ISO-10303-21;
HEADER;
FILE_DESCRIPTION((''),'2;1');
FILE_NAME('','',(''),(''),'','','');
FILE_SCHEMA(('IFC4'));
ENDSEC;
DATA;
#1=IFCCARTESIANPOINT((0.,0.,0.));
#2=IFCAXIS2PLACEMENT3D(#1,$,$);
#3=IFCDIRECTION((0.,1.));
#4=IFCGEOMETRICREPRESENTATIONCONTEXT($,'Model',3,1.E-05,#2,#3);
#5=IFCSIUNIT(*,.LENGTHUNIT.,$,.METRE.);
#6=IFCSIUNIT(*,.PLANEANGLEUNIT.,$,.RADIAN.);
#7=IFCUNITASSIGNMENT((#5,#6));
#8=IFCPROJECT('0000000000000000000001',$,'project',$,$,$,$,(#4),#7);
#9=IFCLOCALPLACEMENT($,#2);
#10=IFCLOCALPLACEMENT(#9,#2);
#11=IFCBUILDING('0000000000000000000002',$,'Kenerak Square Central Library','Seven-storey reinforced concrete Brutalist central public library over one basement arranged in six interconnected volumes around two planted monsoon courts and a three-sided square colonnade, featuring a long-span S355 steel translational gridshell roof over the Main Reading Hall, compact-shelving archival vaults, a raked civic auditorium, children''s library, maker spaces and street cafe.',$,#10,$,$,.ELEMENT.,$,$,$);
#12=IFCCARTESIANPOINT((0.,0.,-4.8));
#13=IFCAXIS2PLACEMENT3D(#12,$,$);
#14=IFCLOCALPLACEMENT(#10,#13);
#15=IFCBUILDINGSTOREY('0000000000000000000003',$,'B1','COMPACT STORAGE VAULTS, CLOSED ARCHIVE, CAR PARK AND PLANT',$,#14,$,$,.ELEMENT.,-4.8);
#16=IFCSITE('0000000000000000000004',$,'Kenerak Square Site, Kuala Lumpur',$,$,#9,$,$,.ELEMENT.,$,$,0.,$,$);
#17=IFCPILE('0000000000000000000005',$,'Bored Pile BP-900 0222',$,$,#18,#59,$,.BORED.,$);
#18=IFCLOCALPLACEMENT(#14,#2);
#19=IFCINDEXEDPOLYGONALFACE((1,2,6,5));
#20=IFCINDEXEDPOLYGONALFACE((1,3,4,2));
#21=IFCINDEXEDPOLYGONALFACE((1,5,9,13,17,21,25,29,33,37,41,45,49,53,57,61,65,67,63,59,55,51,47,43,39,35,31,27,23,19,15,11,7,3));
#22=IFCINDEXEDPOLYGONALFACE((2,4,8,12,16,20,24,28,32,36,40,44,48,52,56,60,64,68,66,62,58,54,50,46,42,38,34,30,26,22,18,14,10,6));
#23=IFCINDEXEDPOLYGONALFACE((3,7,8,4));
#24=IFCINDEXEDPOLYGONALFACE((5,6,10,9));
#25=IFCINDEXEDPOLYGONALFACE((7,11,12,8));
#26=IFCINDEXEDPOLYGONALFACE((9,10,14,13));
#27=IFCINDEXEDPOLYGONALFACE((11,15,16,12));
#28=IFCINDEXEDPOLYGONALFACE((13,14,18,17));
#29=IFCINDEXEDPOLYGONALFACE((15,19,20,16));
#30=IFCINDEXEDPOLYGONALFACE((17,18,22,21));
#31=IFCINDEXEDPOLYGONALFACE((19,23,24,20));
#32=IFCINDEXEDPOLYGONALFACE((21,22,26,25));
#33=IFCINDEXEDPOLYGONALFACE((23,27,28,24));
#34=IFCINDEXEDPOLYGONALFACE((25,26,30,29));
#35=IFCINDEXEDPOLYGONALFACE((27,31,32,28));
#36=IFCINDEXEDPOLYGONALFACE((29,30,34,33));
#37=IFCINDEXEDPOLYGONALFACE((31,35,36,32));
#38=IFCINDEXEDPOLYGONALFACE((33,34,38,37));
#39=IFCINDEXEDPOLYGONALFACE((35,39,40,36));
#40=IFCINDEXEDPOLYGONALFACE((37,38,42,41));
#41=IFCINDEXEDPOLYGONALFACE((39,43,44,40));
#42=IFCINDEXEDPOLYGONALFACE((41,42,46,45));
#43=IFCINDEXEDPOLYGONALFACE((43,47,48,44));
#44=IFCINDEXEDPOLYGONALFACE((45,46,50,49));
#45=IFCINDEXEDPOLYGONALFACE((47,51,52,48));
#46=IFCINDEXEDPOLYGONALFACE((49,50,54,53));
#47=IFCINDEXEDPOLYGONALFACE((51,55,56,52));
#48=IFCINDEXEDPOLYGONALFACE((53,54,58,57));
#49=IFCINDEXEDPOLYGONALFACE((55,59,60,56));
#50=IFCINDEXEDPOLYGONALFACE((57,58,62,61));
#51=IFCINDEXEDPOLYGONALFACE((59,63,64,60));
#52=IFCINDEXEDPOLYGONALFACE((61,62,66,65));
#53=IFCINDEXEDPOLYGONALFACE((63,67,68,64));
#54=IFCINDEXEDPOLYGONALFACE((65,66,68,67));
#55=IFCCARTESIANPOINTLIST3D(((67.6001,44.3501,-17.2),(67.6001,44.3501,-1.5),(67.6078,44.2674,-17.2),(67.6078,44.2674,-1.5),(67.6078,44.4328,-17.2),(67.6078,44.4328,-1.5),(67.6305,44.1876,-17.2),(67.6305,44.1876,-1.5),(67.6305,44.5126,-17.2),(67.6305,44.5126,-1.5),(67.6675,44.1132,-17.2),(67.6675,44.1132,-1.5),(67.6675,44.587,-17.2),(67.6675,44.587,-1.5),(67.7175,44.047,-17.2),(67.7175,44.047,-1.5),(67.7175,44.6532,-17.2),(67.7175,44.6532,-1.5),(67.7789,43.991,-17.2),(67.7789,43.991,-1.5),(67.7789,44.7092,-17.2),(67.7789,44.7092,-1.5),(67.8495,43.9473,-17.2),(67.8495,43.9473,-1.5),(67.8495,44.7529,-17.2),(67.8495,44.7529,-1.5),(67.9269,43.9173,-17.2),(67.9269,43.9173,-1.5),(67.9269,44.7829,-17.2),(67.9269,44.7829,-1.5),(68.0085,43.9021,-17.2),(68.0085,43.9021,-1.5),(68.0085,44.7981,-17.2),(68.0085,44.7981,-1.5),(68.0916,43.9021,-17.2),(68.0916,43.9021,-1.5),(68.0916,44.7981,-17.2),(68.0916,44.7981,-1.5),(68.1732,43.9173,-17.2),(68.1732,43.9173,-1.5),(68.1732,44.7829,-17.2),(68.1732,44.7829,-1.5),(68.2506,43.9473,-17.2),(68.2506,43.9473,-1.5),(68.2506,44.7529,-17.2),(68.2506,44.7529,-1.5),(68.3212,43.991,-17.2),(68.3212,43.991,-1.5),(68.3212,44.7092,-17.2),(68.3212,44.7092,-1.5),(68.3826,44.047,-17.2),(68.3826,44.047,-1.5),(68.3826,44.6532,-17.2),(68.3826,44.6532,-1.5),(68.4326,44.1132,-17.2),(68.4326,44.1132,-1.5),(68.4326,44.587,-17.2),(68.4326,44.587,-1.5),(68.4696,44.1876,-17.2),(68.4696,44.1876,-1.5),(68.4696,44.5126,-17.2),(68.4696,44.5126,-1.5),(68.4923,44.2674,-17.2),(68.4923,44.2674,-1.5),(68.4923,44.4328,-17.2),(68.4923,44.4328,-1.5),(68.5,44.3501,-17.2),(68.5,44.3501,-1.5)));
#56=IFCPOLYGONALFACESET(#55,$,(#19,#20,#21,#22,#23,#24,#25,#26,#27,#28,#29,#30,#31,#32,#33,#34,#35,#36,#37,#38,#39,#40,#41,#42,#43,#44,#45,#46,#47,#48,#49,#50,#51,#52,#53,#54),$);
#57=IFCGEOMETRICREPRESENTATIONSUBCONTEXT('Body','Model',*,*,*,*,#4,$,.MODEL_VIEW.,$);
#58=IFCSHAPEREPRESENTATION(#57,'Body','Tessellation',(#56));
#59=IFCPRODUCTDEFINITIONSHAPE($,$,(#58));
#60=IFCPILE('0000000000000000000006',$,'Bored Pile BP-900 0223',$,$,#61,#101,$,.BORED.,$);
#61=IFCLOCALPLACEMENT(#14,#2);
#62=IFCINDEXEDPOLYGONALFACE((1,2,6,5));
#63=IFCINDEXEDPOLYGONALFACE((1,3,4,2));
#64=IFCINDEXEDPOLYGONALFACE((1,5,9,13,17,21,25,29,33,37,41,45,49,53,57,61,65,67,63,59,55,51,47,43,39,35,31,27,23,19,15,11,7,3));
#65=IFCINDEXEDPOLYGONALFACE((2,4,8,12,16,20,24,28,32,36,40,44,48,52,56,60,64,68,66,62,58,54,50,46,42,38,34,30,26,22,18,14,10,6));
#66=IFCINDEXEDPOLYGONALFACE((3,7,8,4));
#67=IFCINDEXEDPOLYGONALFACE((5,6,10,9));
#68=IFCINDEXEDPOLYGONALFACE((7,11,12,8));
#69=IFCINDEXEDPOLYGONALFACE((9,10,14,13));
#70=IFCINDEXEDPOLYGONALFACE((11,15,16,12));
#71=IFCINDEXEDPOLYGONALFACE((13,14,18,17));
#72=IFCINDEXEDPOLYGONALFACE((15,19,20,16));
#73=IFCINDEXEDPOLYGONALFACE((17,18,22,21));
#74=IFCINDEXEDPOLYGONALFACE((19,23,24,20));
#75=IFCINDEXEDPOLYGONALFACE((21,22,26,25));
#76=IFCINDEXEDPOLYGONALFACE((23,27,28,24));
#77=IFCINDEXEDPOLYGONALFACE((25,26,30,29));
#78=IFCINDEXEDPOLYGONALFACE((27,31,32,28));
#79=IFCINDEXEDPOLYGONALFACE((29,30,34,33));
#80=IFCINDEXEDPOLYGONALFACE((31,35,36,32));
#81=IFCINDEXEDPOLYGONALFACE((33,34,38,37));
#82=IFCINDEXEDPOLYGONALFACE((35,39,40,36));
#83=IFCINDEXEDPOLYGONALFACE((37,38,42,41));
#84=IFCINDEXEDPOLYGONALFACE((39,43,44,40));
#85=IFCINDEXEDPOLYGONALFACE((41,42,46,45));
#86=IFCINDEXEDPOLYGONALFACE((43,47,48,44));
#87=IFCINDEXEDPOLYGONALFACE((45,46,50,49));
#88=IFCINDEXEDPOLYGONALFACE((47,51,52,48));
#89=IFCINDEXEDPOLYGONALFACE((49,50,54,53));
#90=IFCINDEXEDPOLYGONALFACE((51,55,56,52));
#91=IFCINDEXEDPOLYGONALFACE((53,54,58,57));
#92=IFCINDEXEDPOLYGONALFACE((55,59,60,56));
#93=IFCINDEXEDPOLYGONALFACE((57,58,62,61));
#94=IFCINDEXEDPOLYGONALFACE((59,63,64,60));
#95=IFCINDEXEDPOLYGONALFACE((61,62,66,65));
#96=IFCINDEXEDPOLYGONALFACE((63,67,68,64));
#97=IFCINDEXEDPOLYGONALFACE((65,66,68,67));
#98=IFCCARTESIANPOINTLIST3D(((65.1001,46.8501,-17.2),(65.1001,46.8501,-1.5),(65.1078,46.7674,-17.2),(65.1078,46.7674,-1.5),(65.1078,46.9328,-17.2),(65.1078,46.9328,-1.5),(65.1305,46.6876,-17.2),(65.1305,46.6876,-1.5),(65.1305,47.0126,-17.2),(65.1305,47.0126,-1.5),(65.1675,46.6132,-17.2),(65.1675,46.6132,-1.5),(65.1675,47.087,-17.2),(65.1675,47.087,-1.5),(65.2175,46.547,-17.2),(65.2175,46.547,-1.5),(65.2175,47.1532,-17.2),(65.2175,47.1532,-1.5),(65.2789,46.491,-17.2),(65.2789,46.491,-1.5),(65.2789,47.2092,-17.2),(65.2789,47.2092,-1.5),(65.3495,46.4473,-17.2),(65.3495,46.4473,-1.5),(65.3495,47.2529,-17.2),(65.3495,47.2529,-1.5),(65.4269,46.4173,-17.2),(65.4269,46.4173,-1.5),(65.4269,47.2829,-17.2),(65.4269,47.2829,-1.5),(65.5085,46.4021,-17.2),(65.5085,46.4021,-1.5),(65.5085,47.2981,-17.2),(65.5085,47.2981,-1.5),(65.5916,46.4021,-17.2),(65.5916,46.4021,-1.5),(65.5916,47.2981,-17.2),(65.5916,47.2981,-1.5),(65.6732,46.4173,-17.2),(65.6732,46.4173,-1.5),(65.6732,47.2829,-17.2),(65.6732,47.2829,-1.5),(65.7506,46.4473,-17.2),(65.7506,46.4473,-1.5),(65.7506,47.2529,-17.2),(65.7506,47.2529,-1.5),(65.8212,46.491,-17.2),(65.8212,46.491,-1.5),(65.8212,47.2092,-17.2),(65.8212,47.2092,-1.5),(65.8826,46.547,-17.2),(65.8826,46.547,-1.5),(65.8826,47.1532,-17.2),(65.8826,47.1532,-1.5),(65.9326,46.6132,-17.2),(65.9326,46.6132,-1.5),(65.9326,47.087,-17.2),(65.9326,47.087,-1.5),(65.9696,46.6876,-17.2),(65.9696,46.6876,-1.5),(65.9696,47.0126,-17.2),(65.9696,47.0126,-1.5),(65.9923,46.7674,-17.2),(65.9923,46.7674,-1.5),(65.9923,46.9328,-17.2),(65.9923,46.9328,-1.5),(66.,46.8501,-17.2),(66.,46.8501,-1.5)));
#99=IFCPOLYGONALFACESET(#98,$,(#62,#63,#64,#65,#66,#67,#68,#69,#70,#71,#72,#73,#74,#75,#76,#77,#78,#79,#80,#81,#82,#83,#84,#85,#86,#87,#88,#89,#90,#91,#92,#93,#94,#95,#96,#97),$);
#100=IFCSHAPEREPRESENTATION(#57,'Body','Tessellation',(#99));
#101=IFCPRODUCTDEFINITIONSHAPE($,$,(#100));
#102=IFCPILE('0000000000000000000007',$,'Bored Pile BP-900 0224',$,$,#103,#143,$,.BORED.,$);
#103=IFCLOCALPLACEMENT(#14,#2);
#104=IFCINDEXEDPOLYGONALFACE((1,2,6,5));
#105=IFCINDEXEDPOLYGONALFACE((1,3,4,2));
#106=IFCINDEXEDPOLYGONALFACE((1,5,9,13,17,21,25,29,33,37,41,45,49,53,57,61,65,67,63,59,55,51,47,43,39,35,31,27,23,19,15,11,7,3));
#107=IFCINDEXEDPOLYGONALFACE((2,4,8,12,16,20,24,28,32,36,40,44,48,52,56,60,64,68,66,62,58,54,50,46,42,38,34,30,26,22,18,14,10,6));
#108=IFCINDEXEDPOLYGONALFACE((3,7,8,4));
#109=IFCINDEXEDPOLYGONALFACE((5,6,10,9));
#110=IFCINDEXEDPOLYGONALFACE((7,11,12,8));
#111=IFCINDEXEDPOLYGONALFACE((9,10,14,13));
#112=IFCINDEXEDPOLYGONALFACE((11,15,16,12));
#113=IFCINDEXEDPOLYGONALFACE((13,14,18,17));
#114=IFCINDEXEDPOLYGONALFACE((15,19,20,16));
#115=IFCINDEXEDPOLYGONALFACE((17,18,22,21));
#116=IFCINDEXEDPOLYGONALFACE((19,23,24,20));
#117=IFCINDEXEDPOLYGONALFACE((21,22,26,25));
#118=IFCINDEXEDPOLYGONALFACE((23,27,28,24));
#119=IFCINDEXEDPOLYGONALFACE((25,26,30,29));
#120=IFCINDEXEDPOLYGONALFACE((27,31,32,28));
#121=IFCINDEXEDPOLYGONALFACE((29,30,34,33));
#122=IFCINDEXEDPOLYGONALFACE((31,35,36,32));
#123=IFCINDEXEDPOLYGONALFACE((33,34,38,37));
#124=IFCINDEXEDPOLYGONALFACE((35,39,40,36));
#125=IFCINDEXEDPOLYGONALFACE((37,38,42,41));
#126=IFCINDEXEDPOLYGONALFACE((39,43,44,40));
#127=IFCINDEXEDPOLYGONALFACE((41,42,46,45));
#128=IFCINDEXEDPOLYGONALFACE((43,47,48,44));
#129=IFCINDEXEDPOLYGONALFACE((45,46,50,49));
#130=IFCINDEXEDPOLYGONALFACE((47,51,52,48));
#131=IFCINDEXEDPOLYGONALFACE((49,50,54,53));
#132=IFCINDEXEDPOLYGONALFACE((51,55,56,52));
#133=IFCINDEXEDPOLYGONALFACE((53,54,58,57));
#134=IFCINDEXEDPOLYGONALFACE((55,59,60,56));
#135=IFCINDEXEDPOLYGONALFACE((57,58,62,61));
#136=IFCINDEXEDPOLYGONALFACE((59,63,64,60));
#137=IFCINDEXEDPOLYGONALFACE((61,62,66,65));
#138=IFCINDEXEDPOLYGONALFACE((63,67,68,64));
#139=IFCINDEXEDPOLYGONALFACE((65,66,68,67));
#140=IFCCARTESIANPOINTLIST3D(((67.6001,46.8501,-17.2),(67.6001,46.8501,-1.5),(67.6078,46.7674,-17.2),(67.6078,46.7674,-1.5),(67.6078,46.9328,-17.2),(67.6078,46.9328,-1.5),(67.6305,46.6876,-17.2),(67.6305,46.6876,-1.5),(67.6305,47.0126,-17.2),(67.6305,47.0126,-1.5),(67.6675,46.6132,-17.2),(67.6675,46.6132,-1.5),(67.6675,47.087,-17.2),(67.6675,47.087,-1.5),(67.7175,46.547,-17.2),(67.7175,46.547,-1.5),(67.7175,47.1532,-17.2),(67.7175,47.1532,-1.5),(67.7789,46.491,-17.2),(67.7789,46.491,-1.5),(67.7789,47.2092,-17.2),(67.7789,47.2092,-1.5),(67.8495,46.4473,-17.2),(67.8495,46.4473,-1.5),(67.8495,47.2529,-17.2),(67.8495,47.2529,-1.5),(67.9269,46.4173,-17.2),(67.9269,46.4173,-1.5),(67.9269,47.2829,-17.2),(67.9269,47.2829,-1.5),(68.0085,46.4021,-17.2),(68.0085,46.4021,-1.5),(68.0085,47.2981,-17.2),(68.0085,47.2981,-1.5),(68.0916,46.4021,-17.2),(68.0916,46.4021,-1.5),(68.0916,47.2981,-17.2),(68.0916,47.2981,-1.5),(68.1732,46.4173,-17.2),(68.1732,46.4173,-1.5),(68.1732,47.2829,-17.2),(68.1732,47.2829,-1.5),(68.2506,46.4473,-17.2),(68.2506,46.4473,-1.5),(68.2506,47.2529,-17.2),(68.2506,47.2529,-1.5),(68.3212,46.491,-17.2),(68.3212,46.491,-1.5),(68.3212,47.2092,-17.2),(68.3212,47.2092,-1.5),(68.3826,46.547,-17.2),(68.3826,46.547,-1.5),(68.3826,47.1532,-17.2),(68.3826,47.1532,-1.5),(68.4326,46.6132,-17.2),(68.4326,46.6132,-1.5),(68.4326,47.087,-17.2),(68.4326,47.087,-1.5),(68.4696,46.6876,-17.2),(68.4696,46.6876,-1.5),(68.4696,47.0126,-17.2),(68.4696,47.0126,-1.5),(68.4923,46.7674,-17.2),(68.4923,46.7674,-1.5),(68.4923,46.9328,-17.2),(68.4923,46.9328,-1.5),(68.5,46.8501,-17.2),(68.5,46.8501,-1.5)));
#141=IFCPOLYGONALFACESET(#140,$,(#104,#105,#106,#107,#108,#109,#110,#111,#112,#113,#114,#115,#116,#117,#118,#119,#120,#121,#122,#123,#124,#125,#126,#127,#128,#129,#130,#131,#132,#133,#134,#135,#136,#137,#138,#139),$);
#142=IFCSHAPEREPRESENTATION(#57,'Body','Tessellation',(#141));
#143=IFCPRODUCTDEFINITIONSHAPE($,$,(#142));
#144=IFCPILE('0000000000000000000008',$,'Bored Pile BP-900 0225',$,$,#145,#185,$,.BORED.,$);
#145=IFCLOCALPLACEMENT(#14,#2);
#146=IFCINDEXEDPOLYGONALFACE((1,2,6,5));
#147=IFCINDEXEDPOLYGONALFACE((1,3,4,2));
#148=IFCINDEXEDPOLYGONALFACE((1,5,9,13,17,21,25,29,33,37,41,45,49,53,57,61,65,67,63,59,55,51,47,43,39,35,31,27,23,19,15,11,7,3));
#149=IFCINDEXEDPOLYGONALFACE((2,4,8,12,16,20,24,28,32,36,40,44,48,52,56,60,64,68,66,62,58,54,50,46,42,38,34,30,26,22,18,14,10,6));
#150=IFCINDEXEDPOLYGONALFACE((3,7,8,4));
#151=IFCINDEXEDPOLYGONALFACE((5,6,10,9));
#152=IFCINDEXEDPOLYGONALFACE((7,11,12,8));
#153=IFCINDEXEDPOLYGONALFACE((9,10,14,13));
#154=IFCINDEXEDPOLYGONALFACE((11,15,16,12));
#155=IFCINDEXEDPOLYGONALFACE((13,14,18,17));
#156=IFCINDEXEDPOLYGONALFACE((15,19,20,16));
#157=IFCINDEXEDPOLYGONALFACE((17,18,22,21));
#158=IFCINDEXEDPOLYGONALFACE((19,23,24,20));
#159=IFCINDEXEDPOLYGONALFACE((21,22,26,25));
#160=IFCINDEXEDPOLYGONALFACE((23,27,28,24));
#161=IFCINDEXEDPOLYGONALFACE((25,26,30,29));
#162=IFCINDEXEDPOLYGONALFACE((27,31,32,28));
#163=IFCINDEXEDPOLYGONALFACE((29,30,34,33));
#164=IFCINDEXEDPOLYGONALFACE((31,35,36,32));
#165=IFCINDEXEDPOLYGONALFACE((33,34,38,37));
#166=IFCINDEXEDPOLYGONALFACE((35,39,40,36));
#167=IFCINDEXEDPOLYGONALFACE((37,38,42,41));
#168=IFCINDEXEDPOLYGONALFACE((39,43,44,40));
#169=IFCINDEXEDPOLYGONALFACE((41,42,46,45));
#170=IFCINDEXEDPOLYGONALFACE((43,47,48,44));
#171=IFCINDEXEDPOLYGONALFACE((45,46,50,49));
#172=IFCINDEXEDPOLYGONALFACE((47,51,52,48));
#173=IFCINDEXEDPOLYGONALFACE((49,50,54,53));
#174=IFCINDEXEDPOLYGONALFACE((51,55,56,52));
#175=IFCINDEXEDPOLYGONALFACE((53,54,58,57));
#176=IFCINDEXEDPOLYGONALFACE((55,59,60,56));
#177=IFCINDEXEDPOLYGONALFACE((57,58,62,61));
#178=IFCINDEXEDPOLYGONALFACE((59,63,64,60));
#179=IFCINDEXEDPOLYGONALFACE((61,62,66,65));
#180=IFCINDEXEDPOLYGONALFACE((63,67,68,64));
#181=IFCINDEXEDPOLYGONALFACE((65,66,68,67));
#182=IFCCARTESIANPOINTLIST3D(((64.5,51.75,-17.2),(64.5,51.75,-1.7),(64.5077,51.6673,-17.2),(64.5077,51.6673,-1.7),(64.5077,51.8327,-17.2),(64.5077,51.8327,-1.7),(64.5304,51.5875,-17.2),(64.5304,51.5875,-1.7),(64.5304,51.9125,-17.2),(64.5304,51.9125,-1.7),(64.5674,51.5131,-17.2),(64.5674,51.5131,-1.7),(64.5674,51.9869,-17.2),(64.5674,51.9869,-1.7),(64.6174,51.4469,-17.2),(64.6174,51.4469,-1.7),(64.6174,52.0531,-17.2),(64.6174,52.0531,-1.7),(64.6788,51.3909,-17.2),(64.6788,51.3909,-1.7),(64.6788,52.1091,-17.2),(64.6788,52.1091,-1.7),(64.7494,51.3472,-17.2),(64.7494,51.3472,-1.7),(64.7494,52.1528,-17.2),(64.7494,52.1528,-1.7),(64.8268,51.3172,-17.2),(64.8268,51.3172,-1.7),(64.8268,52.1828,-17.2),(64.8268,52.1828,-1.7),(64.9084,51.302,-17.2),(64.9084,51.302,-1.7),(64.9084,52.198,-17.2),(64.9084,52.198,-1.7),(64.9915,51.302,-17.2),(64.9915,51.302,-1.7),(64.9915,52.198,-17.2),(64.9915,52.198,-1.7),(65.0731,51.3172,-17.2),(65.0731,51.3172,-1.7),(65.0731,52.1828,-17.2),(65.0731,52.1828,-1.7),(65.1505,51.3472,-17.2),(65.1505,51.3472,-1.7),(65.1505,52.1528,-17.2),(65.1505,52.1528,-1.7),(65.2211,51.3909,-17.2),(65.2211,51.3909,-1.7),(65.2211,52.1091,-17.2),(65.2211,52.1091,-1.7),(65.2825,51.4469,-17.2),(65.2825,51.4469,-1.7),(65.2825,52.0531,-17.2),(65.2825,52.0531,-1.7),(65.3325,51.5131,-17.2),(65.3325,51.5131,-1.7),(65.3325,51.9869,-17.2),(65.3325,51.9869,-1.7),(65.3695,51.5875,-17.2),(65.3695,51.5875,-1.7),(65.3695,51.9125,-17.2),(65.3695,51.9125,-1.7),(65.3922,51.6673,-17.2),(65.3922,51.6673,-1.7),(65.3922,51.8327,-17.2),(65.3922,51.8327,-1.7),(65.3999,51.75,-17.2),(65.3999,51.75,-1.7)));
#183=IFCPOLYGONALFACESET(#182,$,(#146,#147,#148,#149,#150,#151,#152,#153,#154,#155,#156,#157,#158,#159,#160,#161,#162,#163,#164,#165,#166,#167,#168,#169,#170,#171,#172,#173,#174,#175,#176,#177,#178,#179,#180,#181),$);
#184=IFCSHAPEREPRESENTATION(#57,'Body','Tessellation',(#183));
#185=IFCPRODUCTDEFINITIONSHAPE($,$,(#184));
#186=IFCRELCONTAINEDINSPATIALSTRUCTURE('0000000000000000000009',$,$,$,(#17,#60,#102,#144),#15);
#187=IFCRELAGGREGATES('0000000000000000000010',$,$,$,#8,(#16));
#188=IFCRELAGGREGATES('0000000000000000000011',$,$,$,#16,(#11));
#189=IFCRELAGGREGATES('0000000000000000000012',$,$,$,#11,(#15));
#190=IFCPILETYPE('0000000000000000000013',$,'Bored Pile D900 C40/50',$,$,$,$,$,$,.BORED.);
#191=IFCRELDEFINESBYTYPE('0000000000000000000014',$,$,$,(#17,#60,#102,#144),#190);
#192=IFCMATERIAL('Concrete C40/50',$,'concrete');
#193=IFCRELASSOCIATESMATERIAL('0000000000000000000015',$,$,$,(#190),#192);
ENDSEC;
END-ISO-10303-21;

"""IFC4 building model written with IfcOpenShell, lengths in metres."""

from ifc_helpers import new_model, si_unit, direction, frame, origin, origin_2d, place, context, subcontext, project, spatial, circle, extrude, material, material_profile, profile_set, type_object, element, save


model = new_model("IFC4")

# Units and contexts
model_context = context("Model", 3, precision=1e-05, world=origin(), true_north=direction((0.0, 1.0)))
body_context = subcontext(model_context, "Body", "Model", "MODEL_VIEW")
ifc_project = project(units=[si_unit("LENGTHUNIT", "METRE"), si_unit("PLANEANGLEUNIT", "RADIAN")], contexts=[model_context])

# Site, building, storey
site_placement = place(None, origin())
site = spatial("IfcSite", under=ifc_project, at=site_placement, Name="Kenerak Square Site, Kuala Lumpur", CompositionType="ELEMENT", RefElevation=0.0)
building_placement = place(site_placement, origin())
building = spatial("IfcBuilding", under=site, at=building_placement, Name="Kenerak Square Central Library", Description="Seven-storey reinforced concrete Brutalist central public library over one basement arranged in six interconnected volumes around two planted monsoon courts and a three-sided square colonnade, featuring a long-span S355 steel translational gridshell roof over the Main Reading Hall, compact-shelving archival vaults, a raked civic auditorium, children's library, maker spaces and street cafe.", CompositionType="ELEMENT")
storey_placement = place(building_placement, frame((0.0, 0.0, -4.8)))
storey = spatial("IfcBuildingStorey", under=building, at=storey_placement, Name="B1", Description="COMPACT STORAGE VAULTS, CLOSED ARCHIVE, CAR PARK AND PLANT", CompositionType="ELEMENT", Elevation=-4.8)

# Piles
ifc_material_1 = material(Name="Concrete C40/50", Category="concrete")
ifc_material_profile_1 = material_profile(ifc_material_1, circle(Radius=0.45, at=origin_2d()), Name="BP D900")
ifc_profile_set_1 = profile_set([ifc_material_profile_1], Name="Concrete C40/50")
pile_type_1 = type_object("IfcPileType", Name="Bored Pile D900 C40/50", PredefinedType="BORED", material=ifc_profile_set_1)
for number, where, z_axis, x_axis, name in (
    (1, (68.05, 44.3501, -1.5), (0.0, 0.0, -1.0), (1.0, 0.0, 0.0), "Bored Pile BP-900 0222"),
    (2, (65.55, 46.8501, -1.5), (0.0, 0.0, -1.0), (1.0, 0.0, 0.0), "Bored Pile BP-900 0223"),
    (3, (68.05, 46.8501, -1.5), (0.0, 0.0, -1.0), (1.0, 0.0, 0.0), "Bored Pile BP-900 0224"),
):
    element("IfcPile", number, at=place(storey_placement, frame(where, z_axis=z_axis, x_axis=x_axis)), inside=storey, type_object=pile_type_1, Name=name, PredefinedType="BORED", context=body_context, shape_type="SweptSolid", body=[
        extrude(circle(Radius=0.45, at=origin_2d()), origin(), (0.0, 0.0, 1.0), 15.7),
    ])
for number, where, z_axis, x_axis, name in (
    (4, (64.95, 51.75, -1.7), (0.0, 0.0, -1.0), (1.0, 0.0, 0.0), "Bored Pile BP-900 0225"),
):
    element("IfcPile", number, at=place(storey_placement, frame(where, z_axis=z_axis, x_axis=x_axis)), inside=storey, type_object=pile_type_1, Name=name, PredefinedType="BORED", context=body_context, shape_type="SweptSolid", body=[
        extrude(circle(Radius=0.45, at=origin_2d()), origin(), (0.0, 0.0, 1.0), 15.5),
    ])

save(model, "model.ifc")
